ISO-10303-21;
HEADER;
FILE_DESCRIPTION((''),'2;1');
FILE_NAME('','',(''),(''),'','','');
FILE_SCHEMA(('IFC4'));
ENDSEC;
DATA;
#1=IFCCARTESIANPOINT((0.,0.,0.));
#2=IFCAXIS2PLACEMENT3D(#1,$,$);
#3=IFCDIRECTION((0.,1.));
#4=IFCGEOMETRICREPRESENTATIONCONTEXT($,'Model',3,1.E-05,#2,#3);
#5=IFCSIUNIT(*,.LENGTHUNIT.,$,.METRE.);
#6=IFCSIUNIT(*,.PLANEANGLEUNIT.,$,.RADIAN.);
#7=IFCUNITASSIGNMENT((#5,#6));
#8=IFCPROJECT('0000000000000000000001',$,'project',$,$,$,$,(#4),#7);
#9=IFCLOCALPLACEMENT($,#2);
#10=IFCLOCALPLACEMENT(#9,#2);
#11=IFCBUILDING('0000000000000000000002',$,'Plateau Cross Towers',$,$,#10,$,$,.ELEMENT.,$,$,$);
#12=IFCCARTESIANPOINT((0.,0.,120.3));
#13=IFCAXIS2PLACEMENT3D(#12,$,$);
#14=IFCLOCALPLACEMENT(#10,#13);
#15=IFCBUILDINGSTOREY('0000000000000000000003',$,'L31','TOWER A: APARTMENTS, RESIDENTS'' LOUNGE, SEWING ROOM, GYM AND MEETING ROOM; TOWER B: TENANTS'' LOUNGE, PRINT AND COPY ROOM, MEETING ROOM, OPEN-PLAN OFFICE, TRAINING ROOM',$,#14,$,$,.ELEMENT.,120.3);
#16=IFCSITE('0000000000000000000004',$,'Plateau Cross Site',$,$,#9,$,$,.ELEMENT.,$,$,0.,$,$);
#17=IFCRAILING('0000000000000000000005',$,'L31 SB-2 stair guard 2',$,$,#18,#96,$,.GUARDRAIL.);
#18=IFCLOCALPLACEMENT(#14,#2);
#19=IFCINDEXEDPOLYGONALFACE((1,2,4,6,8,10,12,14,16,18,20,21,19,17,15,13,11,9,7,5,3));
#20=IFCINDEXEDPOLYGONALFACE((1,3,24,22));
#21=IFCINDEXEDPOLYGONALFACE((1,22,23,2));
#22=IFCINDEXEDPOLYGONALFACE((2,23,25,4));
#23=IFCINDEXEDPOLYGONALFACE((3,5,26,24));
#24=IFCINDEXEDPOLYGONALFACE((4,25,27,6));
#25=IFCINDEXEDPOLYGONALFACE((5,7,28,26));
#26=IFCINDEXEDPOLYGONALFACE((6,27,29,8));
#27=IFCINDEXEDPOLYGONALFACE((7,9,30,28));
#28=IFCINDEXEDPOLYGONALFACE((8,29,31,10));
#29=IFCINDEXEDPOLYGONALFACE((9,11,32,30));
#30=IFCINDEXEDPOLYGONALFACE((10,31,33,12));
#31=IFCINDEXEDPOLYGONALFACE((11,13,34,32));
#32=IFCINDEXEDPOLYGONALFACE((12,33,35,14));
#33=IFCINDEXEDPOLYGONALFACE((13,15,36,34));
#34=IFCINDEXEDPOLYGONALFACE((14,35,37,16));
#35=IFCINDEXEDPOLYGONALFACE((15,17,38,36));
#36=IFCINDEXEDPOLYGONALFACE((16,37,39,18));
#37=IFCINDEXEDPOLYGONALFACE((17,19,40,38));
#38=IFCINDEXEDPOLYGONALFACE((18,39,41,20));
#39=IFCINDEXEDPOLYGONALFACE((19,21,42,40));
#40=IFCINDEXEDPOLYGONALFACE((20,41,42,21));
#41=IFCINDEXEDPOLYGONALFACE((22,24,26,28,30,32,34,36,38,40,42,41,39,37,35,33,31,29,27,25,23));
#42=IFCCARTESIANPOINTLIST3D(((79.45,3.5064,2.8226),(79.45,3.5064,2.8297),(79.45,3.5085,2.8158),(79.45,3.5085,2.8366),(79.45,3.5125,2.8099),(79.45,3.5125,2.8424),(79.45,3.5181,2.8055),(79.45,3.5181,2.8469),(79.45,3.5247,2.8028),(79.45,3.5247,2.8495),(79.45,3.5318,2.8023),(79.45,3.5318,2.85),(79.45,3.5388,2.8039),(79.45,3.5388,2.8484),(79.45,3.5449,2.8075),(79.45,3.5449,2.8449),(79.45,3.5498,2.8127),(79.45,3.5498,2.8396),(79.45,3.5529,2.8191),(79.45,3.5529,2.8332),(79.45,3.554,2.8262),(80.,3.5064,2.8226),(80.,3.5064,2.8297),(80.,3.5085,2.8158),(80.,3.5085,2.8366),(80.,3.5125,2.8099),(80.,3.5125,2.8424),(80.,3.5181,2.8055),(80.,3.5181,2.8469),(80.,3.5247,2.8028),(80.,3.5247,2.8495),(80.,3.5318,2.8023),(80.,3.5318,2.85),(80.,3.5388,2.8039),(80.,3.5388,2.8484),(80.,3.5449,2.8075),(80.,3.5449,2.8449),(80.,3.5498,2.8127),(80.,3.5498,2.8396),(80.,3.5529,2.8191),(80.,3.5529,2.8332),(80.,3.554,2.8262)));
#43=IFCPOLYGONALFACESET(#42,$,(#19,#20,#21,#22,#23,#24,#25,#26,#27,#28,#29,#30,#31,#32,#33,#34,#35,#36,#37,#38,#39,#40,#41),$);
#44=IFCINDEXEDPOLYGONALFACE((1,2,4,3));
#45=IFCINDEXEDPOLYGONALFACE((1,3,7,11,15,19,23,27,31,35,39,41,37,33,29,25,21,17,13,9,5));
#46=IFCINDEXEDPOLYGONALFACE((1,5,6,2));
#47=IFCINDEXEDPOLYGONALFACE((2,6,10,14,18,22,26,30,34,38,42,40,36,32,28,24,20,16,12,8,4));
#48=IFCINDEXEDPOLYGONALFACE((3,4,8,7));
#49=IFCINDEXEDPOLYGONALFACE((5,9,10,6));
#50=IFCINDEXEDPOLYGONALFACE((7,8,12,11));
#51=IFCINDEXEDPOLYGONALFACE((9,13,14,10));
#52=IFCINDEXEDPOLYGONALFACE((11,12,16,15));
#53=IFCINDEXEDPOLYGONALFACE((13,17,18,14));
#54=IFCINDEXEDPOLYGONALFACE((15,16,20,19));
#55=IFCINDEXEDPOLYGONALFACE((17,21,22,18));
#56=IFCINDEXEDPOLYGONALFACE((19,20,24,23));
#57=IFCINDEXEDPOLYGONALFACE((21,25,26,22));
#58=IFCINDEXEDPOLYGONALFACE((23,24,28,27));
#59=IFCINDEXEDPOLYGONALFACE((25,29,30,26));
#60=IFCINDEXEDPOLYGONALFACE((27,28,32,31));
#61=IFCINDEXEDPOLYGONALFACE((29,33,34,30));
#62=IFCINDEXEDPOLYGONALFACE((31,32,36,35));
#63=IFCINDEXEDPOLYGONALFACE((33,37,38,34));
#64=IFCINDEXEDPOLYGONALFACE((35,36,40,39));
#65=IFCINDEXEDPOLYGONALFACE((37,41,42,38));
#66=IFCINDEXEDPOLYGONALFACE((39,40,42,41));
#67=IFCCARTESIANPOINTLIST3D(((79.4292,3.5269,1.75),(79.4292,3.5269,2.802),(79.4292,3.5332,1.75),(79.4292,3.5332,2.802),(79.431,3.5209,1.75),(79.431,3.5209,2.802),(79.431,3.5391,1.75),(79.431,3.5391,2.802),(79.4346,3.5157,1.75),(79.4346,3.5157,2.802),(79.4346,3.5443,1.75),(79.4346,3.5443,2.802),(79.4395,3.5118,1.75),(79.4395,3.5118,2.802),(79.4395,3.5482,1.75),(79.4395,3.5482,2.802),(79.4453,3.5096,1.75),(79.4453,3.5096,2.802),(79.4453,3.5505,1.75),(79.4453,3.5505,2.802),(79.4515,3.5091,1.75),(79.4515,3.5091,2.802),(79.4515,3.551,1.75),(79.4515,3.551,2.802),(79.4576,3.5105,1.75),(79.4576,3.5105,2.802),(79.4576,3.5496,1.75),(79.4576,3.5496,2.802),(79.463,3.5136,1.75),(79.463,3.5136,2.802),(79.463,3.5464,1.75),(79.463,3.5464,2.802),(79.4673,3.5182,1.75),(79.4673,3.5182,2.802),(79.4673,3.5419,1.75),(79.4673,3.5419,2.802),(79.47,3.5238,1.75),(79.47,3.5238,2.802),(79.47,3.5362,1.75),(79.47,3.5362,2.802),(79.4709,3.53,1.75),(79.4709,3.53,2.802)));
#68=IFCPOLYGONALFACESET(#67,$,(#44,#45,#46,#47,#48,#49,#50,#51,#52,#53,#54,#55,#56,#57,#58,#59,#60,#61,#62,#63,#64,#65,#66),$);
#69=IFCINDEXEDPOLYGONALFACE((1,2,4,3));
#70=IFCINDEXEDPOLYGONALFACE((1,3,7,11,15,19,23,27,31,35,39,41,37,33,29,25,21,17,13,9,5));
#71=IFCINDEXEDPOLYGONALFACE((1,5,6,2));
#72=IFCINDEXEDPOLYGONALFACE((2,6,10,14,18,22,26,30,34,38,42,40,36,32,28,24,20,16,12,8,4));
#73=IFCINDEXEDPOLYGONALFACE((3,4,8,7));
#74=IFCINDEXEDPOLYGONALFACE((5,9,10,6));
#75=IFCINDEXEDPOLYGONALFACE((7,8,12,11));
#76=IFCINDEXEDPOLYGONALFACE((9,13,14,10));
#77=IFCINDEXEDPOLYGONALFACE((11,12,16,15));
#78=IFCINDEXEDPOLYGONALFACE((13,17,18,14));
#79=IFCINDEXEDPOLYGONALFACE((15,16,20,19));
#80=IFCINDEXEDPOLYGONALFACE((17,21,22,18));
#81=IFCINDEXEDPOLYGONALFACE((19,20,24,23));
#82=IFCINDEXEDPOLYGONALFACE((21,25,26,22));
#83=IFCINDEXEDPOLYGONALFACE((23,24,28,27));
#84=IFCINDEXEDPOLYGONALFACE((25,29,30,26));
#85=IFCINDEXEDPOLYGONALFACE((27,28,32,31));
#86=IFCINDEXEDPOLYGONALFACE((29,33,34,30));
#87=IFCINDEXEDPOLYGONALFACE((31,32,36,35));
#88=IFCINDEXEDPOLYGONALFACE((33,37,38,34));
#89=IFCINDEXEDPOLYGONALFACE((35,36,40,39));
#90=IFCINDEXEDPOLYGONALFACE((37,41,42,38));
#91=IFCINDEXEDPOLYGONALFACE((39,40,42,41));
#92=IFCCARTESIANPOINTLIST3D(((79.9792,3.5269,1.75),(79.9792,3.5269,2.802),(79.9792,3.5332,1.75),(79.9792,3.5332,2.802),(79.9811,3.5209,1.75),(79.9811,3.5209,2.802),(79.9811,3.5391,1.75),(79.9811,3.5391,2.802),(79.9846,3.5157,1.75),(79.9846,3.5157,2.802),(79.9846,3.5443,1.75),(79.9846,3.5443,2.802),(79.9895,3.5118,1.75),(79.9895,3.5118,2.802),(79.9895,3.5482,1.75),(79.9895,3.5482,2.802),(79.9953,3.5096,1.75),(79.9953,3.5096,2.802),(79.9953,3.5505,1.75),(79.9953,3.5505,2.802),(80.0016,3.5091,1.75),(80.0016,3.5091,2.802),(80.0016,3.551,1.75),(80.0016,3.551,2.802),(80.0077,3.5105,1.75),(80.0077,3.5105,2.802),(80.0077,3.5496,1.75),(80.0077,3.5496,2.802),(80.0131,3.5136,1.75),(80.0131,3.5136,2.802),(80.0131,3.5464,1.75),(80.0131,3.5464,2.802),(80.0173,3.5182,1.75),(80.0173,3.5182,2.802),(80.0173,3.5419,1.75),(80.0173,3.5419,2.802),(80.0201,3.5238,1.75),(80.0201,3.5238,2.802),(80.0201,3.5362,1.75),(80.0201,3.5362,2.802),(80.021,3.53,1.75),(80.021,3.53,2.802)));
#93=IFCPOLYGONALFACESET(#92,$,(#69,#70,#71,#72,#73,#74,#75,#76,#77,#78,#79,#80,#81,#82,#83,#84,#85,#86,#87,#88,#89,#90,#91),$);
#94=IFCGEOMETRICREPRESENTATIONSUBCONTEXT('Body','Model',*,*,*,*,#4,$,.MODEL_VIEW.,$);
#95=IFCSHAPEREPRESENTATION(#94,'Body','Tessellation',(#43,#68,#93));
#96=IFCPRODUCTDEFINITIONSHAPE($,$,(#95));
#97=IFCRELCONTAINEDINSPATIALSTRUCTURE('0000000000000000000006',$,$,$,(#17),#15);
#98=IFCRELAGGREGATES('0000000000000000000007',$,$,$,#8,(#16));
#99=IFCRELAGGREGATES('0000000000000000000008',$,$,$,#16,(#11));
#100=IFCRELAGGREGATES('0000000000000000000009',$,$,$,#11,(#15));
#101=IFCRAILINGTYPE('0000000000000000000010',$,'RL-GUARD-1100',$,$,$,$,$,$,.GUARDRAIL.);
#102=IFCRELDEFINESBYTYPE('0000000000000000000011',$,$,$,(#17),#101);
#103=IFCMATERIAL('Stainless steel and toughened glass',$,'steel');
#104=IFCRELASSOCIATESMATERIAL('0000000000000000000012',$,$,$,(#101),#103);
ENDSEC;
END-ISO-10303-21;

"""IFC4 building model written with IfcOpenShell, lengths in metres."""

from ifc_helpers import new_model, si_unit, direction, frame, origin, origin_2d, place, context, subcontext, project, spatial, circle, extrude, material, type_object, element, save


model = new_model("IFC4")

# Units and contexts
model_context = context("Model", 3, precision=1e-05, world=origin(), true_north=direction((0.0, 1.0)))
body_context = subcontext(model_context, "Body", "Model", "MODEL_VIEW")
ifc_project = project(units=[si_unit("LENGTHUNIT", "METRE"), si_unit("PLANEANGLEUNIT", "RADIAN")], contexts=[model_context])

# Site, building, storey
site_placement = place(None, origin())
site = spatial("IfcSite", under=ifc_project, at=site_placement, Name="Plateau Cross Site", CompositionType="ELEMENT", RefElevation=0.0)
building_placement = place(site_placement, origin())
building = spatial("IfcBuilding", under=site, at=building_placement, Name="Plateau Cross Towers", CompositionType="ELEMENT")
storey_placement = place(building_placement, frame((0.0, 0.0, 120.3)))
storey = spatial("IfcBuildingStorey", under=building, at=storey_placement, Name="L31", Description="TOWER A: APARTMENTS, RESIDENTS' LOUNGE, SEWING ROOM, GYM AND MEETING ROOM; TOWER B: TENANTS' LOUNGE, PRINT AND COPY ROOM, MEETING ROOM, OPEN-PLAN OFFICE, TRAINING ROOM", CompositionType="ELEMENT", Elevation=120.3)

# Railing
ifc_material_1 = material(Name="Stainless steel and toughened glass", Category="steel")
railing_type_1 = type_object("IfcRailingType", Name="RL-GUARD-1100", PredefinedType="GUARDRAIL", material=ifc_material_1)
railing_1_placement = place(storey_placement, frame((79.45, 3.53, 1.75)))
element("IfcRailing", 1, at=railing_1_placement, inside=storey, type_object=railing_type_1, Name="L31 SB-2 stair guard 2", PredefinedType="GUARDRAIL", context=body_context, shape_type="SweptSolid", body=[
    extrude(circle(Radius=0.0239, at=origin_2d()), frame((0.0, 0.0, 1.0762), z_axis=(1.0, 0.0, 0.0), x_axis=(0.0, 1.0, 0.0)), (0.0, 0.0, 1.0), 0.55),
    extrude(circle(Radius=0.021, at=origin_2d()), origin(), (0.0, 0.0, 1.0), 1.052),
    extrude(circle(Radius=0.021, at=origin_2d()), frame((0.55, 0.0, 0.0)), (0.0, 0.0, 1.0), 1.052),
])

save(model, "model.ifc")
